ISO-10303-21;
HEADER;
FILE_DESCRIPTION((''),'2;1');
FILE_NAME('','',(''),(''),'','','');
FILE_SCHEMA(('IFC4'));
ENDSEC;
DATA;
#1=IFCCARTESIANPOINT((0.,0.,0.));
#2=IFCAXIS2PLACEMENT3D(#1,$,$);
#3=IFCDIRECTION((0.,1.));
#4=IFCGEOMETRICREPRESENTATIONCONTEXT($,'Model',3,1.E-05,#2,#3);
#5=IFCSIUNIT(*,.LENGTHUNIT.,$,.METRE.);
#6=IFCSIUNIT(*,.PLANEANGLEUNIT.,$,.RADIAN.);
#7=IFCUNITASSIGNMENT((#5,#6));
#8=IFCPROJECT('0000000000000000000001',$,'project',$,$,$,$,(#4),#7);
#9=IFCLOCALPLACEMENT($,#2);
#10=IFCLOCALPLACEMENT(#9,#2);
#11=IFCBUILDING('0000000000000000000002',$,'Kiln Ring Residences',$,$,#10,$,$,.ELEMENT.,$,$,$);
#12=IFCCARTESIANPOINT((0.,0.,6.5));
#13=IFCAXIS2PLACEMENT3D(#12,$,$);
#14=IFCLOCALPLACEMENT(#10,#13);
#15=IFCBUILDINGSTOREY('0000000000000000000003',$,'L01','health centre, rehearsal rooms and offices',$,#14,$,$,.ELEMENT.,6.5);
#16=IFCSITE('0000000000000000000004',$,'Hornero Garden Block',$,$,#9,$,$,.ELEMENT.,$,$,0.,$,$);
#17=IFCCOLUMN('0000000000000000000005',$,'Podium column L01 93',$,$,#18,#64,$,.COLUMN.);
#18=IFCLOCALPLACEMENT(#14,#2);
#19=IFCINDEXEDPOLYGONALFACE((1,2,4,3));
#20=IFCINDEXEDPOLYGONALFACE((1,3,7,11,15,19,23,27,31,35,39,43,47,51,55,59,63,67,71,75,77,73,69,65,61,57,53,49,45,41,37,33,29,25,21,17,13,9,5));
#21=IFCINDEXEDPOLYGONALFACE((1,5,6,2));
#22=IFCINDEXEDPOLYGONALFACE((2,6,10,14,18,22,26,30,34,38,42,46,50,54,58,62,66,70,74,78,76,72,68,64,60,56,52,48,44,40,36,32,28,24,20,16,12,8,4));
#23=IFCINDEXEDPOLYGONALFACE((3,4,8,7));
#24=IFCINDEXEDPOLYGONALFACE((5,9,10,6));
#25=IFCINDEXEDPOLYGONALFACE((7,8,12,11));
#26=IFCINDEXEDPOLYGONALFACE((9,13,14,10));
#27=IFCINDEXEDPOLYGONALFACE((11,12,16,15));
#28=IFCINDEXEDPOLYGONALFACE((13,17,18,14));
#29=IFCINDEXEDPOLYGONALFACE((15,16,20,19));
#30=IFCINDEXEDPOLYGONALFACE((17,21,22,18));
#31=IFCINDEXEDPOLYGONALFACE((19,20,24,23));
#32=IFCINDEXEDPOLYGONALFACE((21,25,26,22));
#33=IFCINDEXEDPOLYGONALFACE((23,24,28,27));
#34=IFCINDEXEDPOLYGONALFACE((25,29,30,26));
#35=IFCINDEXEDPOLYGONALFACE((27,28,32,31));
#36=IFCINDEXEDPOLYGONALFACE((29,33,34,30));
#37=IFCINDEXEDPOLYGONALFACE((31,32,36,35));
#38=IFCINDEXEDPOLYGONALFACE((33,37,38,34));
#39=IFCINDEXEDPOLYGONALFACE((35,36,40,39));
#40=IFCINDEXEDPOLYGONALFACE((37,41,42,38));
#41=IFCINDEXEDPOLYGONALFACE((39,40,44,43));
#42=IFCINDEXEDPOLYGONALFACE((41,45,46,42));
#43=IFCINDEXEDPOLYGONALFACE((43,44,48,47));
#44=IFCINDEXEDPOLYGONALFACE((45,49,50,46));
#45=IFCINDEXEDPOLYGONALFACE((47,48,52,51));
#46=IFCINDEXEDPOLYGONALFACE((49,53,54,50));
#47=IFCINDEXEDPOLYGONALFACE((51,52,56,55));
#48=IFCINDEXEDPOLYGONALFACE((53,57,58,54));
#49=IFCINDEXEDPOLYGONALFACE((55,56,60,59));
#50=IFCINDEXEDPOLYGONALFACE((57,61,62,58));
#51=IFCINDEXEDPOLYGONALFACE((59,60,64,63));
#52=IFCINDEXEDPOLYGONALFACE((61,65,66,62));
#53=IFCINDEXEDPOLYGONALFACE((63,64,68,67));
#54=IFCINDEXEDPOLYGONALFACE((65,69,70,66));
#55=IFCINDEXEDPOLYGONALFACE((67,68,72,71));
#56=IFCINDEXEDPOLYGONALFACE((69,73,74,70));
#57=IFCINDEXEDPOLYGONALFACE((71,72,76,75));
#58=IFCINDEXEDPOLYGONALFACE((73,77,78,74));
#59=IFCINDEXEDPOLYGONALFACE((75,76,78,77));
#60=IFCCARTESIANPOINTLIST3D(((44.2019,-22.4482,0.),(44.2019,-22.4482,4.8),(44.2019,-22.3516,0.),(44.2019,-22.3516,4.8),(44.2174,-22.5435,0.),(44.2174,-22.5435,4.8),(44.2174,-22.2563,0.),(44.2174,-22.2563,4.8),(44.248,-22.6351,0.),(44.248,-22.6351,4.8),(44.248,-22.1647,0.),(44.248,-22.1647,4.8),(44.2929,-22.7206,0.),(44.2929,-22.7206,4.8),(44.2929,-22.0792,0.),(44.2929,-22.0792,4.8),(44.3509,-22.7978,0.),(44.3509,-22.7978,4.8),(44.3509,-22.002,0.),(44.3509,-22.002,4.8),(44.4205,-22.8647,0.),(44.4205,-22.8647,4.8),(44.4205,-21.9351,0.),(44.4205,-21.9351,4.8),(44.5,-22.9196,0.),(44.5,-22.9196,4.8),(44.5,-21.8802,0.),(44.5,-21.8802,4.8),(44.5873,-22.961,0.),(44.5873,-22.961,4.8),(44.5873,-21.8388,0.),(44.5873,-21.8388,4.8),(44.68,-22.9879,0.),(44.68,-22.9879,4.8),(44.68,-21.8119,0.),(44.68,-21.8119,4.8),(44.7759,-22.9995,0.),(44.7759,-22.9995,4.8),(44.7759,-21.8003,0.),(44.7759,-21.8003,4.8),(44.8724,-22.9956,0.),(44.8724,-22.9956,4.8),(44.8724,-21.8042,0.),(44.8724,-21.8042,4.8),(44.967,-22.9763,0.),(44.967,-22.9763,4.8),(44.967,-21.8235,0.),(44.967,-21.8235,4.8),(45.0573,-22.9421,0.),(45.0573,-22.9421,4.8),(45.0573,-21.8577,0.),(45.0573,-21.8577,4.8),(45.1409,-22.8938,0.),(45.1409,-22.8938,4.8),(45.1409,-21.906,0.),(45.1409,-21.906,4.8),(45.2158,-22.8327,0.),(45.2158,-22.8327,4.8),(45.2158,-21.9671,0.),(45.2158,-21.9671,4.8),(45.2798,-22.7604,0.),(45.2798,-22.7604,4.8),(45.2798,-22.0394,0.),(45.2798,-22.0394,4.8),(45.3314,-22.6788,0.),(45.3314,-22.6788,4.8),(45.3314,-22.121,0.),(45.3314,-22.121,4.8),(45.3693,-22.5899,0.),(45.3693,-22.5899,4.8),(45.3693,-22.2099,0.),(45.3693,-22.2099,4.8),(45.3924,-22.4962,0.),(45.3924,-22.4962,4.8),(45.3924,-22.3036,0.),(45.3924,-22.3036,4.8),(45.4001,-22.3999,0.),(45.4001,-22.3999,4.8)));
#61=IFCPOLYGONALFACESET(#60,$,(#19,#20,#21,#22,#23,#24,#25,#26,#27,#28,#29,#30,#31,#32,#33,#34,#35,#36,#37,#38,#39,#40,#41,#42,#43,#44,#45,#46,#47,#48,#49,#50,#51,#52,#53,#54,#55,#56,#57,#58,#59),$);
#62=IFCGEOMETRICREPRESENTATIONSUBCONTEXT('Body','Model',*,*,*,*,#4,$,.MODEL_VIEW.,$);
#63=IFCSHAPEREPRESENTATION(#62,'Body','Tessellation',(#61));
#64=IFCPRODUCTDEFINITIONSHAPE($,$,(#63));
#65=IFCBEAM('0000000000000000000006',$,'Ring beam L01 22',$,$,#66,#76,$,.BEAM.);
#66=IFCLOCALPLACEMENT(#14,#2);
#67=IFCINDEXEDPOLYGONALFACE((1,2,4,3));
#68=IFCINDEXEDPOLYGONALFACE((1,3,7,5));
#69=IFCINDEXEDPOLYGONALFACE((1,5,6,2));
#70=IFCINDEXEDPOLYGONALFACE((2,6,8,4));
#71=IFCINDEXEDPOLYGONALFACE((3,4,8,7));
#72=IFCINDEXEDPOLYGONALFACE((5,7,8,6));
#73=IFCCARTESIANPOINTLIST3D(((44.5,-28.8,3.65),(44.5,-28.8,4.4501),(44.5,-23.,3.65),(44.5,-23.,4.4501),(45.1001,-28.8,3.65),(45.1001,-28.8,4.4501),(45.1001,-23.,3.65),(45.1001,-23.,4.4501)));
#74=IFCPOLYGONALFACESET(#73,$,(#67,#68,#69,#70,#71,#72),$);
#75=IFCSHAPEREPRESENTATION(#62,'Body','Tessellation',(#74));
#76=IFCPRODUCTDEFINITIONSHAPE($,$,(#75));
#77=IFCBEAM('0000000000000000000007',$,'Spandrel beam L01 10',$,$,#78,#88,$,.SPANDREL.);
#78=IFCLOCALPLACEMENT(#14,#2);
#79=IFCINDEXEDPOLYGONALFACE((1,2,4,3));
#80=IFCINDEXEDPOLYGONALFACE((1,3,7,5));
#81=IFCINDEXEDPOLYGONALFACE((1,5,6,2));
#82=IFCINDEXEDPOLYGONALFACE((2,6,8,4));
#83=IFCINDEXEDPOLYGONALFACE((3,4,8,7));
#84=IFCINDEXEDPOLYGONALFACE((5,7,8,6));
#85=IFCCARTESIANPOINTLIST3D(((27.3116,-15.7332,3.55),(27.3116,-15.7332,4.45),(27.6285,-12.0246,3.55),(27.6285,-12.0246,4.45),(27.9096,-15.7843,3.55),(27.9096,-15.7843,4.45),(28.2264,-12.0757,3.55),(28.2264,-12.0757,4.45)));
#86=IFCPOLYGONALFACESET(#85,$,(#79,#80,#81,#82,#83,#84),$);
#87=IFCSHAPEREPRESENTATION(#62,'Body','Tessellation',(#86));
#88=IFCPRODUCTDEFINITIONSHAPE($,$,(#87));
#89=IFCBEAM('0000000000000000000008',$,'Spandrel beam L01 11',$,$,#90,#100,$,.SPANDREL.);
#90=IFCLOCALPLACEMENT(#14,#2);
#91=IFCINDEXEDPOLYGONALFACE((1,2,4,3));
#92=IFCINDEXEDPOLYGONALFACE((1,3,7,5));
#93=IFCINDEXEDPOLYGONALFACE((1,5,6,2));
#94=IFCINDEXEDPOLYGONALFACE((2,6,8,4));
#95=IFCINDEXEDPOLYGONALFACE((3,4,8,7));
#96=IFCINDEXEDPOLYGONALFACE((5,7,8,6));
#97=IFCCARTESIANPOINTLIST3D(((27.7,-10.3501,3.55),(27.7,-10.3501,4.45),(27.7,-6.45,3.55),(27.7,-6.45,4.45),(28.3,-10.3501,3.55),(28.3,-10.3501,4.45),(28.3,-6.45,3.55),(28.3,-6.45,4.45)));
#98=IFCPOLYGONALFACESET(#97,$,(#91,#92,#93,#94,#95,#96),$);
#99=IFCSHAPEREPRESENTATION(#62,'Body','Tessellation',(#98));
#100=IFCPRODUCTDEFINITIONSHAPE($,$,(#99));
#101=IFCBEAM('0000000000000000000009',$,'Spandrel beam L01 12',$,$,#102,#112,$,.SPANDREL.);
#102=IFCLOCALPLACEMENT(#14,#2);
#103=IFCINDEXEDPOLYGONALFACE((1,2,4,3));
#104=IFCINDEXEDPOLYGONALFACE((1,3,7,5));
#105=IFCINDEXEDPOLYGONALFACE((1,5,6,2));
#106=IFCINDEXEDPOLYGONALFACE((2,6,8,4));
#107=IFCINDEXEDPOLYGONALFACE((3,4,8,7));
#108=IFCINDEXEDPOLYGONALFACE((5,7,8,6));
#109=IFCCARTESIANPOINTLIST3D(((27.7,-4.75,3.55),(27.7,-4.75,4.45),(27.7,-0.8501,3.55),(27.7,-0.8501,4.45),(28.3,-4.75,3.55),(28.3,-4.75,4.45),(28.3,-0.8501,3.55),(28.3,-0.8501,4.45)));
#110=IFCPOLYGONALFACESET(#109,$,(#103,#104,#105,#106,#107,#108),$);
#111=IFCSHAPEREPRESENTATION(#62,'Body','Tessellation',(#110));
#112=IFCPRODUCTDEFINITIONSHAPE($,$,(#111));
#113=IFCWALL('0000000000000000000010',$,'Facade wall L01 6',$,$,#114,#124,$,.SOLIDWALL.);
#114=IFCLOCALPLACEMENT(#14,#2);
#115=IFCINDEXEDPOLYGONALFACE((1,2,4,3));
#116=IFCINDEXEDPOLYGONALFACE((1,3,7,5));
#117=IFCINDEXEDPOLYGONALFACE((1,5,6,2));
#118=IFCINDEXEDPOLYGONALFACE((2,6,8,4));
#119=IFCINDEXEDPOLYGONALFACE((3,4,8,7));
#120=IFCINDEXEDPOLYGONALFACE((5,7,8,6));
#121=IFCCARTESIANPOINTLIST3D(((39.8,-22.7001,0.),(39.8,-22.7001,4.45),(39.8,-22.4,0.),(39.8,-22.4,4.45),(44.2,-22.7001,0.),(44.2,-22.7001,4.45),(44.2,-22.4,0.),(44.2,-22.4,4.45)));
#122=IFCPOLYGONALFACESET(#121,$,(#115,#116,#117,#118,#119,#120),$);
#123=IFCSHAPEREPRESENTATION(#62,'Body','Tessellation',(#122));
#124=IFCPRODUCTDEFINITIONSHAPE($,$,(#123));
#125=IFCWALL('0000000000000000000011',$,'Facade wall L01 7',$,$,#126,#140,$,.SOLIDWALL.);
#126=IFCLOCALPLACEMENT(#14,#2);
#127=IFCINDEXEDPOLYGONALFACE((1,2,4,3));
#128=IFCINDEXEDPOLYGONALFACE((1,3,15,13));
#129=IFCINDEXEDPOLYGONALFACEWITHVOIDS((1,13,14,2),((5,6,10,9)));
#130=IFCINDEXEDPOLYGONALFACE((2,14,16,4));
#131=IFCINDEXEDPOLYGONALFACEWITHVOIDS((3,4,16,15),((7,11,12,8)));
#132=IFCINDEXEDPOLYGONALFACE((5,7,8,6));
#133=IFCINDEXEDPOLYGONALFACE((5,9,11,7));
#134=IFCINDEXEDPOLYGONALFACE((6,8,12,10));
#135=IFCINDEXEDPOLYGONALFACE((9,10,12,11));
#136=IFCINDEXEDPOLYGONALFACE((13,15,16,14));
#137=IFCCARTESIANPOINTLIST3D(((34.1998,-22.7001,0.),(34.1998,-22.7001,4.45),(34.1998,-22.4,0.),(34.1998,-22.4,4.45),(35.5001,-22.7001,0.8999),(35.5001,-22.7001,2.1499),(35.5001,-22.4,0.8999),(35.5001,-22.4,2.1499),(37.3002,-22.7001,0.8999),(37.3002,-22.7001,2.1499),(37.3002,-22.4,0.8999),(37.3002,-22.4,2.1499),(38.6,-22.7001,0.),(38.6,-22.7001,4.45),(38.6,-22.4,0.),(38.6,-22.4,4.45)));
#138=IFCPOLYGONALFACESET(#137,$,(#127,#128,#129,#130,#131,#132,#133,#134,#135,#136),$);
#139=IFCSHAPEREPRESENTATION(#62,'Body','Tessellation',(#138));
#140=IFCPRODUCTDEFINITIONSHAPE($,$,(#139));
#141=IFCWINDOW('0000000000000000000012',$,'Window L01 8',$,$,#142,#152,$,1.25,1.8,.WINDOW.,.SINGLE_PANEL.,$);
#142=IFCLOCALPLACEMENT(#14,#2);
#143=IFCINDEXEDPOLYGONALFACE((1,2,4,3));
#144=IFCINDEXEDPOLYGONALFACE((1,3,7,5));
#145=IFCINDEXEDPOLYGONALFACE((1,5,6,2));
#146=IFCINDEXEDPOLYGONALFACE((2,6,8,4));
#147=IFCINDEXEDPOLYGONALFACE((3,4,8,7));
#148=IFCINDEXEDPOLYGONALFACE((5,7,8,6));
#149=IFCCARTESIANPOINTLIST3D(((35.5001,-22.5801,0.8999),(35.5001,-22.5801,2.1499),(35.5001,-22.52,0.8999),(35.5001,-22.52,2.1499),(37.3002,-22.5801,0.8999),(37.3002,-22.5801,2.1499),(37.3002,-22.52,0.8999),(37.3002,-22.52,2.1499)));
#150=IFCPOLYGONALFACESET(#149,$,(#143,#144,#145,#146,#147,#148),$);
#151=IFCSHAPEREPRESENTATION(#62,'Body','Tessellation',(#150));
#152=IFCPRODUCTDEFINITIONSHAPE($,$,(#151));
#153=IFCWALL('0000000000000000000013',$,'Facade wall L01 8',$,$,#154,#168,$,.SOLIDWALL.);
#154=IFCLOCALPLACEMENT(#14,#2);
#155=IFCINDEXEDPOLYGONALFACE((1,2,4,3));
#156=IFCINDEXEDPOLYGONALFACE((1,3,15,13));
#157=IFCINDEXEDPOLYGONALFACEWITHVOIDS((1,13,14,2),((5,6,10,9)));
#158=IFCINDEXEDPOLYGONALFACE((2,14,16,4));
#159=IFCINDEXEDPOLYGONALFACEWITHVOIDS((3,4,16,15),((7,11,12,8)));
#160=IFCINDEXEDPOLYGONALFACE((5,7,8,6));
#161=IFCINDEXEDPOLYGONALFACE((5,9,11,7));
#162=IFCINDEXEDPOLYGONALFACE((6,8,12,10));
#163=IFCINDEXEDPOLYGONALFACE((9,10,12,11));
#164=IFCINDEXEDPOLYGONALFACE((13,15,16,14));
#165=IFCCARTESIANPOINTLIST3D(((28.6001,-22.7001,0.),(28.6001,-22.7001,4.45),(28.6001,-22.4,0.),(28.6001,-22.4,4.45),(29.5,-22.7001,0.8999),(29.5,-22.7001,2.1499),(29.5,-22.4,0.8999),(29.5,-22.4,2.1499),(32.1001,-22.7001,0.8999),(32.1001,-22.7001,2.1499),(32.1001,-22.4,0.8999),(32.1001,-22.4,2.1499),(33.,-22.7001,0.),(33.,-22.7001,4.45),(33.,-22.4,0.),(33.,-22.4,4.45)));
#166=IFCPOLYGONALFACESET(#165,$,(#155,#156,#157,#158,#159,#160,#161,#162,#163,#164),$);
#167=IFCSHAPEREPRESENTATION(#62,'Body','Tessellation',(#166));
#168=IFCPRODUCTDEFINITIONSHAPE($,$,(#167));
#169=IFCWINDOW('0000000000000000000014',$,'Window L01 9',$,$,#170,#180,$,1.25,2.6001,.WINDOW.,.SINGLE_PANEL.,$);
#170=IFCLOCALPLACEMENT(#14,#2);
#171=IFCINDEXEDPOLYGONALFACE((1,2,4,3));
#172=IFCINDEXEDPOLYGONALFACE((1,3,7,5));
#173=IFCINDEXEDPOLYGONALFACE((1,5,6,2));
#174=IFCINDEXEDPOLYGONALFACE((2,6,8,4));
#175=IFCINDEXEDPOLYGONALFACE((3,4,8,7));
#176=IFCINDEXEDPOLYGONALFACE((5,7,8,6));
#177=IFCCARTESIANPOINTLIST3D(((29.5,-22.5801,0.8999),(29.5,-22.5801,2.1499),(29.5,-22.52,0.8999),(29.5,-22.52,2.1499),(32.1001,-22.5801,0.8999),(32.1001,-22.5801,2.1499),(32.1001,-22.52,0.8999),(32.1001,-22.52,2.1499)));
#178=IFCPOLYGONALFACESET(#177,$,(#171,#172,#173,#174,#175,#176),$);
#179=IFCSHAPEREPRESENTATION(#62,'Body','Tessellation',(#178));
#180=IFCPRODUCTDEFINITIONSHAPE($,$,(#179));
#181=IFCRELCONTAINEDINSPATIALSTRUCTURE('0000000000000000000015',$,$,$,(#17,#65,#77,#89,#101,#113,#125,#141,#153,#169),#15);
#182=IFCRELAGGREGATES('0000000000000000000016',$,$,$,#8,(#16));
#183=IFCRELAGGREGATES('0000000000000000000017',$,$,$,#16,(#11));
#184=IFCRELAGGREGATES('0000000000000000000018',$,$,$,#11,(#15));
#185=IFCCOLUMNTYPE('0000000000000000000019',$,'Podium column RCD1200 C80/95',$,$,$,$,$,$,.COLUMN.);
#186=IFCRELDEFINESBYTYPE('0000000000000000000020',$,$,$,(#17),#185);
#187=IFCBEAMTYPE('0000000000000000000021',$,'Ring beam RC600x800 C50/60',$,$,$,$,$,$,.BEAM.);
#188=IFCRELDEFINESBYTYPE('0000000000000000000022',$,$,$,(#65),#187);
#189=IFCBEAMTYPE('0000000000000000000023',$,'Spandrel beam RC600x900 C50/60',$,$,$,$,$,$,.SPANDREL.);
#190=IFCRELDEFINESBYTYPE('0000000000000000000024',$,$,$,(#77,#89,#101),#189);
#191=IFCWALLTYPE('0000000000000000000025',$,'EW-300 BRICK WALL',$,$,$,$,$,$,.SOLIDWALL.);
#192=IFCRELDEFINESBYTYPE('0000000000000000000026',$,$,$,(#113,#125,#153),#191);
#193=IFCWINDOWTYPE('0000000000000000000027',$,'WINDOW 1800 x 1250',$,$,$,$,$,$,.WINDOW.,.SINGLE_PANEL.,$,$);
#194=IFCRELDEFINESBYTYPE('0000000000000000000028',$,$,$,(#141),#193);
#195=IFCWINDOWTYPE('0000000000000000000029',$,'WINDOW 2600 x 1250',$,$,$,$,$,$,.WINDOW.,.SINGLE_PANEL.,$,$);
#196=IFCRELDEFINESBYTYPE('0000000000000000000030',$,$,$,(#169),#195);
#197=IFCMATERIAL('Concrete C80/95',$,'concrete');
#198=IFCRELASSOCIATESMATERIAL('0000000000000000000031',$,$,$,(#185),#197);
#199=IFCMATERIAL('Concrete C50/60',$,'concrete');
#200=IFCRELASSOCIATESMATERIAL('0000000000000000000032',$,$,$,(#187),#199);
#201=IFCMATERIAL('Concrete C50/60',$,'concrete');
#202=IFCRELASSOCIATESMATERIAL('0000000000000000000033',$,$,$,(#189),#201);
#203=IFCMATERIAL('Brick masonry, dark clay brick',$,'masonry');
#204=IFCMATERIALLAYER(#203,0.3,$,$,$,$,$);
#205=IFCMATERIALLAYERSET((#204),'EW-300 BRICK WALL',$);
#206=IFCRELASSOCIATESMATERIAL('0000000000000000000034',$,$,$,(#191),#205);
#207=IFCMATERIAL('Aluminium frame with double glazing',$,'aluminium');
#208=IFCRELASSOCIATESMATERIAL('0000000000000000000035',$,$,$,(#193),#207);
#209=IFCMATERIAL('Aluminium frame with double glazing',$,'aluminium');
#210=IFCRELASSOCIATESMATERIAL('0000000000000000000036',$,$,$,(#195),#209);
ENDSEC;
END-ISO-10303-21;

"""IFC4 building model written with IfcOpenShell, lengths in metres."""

from ifc_helpers import new_model, si_unit, direction, frame, frame_2d, origin, origin_2d, place, context, subcontext, project, spatial, rectangle, circle, extrude, material, layer, layer_set, material_profile, profile_set, type_object, element, fill, save


model = new_model("IFC4")

# Units and contexts
model_context = context("Model", 3, precision=1e-05, world=origin(), true_north=direction((0.0, 1.0)))
body_context = subcontext(model_context, "Body", "Model", "MODEL_VIEW")
ifc_project = project(units=[si_unit("LENGTHUNIT", "METRE"), si_unit("PLANEANGLEUNIT", "RADIAN")], contexts=[model_context])

# Site, building, storey
site_placement = place(None, origin())
site = spatial("IfcSite", under=ifc_project, at=site_placement, Name="Hornero Garden Block", CompositionType="ELEMENT", RefElevation=0.0)
building_placement = place(site_placement, origin())
building = spatial("IfcBuilding", under=site, at=building_placement, Name="Kiln Ring Residences", CompositionType="ELEMENT")
storey_placement = place(building_placement, frame((0.0, 0.0, 6.5)))
storey = spatial("IfcBuildingStorey", under=building, at=storey_placement, Name="L01", Description="health centre, rehearsal rooms and offices", CompositionType="ELEMENT", Elevation=6.5)

# Column
ifc_material_1 = material(Name="Concrete C80/95", Category="concrete")
ifc_material_profile_1 = material_profile(ifc_material_1, circle(Radius=0.6001, at=origin_2d()), Name="RCD1200")
ifc_profile_set_1 = profile_set([ifc_material_profile_1], Name="Concrete C80/95")
column_type_1 = type_object("IfcColumnType", Name="Podium column RCD1200 C80/95", PredefinedType="COLUMN", material=ifc_profile_set_1)
for number, where, z_axis, x_axis, name in (
    (1, (44.8, -22.3999, 0.0), (0.0, 0.0, 1.0), (1.0, 0.0, 0.0), "Podium column L01 93"),
):
    element("IfcColumn", number, at=place(storey_placement, frame(where, z_axis=z_axis, x_axis=x_axis)), inside=storey, type_object=column_type_1, Name=name, PredefinedType="COLUMN", context=body_context, shape_type="SweptSolid", body=[
        extrude(circle(Radius=0.6001, at=origin_2d()), origin(), (0.0, 0.0, 1.0), 4.8),
    ])

# Beams
ifc_material_2 = material(Name="Concrete C50/60", Category="concrete")
ifc_material_profile_2 = material_profile(ifc_material_2, rectangle(XDim=0.6001, YDim=0.8, at=origin_2d()), Name="RC600x800")
ifc_profile_set_2 = profile_set([ifc_material_profile_2], Name="Concrete C50/60")
beam_type_1 = type_object("IfcBeamType", Name="Ring beam RC600x800 C50/60", PredefinedType="BEAM", material=ifc_profile_set_2)
beam_1_placement = place(storey_placement, frame((44.8, -23.0, 4.05), z_axis=(0.0, -1.0, 0.0), x_axis=(1.0, 0.0, 0.0)))
element("IfcBeam", 2, at=beam_1_placement, inside=storey, type_object=beam_type_1, Name="Ring beam L01 22", PredefinedType="BEAM", context=body_context, shape_type="SweptSolid", body=[
    extrude(rectangle(XDim=0.6001, YDim=0.8, at=origin_2d()), origin(), (0.0, 0.0, 1.0), 5.8),
])
ifc_material_3 = material(Name="Concrete C50/60", Category="concrete")
ifc_material_profile_3 = material_profile(ifc_material_3, rectangle(XDim=0.6001, YDim=0.8999, at=origin_2d()), Name="RC600x900")
ifc_profile_set_3 = profile_set([ifc_material_profile_3], Name="Concrete C50/60")
beam_type_2 = type_object("IfcBeamType", Name="Spandrel beam RC600x900 C50/60", PredefinedType="SPANDREL", material=ifc_profile_set_3)
beam_2_placement = place(storey_placement, frame((27.6106, -15.7588, 4.0), z_axis=(0.085135, 0.996369, 0.0), x_axis=(-0.996369, 0.085135, 0.0)))
element("IfcBeam", 3, at=beam_2_placement, inside=storey, type_object=beam_type_2, Name="Spandrel beam L01 10", PredefinedType="SPANDREL", context=body_context, shape_type="SweptSolid", body=[
    extrude(rectangle(XDim=0.6001, YDim=0.8999, at=origin_2d()), origin(), (0.0, 0.0, 1.0), 3.7222),
])
beam_3_placement = place(storey_placement, frame((28.0, -10.3501, 4.0), z_axis=(0.0, 1.0, 0.0), x_axis=(-1.0, 0.0, 0.0)))
element("IfcBeam", 4, at=beam_3_placement, inside=storey, type_object=beam_type_2, Name="Spandrel beam L01 11", PredefinedType="SPANDREL", context=body_context, shape_type="SweptSolid", body=[
    extrude(rectangle(XDim=0.6001, YDim=0.8999, at=origin_2d()), origin(), (0.0, 0.0, 1.0), 3.9001),
])
beam_4_placement = place(storey_placement, frame((28.0, -4.75, 4.0), z_axis=(0.0, 1.0, 0.0), x_axis=(-1.0, 0.0, 0.0)))
element("IfcBeam", 5, at=beam_4_placement, inside=storey, type_object=beam_type_2, Name="Spandrel beam L01 12", PredefinedType="SPANDREL", context=body_context, shape_type="SweptSolid", body=[
    extrude(rectangle(XDim=0.6001, YDim=0.8999, at=origin_2d()), origin(), (0.0, 0.0, 1.0), 3.8999),
])

# Wall
ifc_material_4 = material(Name="Brick masonry, dark clay brick", Category="masonry")
ifc_layer_1 = layer(ifc_material_4, 0.3)
ifc_layer_set_1 = layer_set([ifc_layer_1], Name="EW-300 BRICK WALL")
wall_type_1 = type_object("IfcWallType", Name="EW-300 BRICK WALL", PredefinedType="SOLIDWALL", material=ifc_layer_set_1)
wall_1_placement = place(storey_placement, frame((44.2, -22.55, 0.0), z_axis=(0.0, 0.0, 1.0), x_axis=(-1.0, 0.0, 0.0)))
element("IfcWall", 6, at=wall_1_placement, inside=storey, type_object=wall_type_1, Name="Facade wall L01 6", PredefinedType="SOLIDWALL", context=body_context, shape_type="SweptSolid", body=[
    extrude(rectangle(XDim=4.3999, YDim=0.3, at=frame_2d((2.2, 0.0))), origin(), (0.0, 0.0, 1.0), 4.45),
])

# Walls, openings, windows
wall_2_placement = place(storey_placement, frame((38.6001, -22.55, 0.0), z_axis=(0.0, 0.0, 1.0), x_axis=(-1.0, 0.0, 0.0)))
wall_2 = element("IfcWall", 7, at=wall_2_placement, inside=storey, type_object=wall_type_1, Name="Facade wall L01 7", PredefinedType="SOLIDWALL", context=body_context, shape_type="SweptSolid", body=[
    extrude(rectangle(XDim=4.4001, YDim=0.3, at=frame_2d((2.2002, 0.0))), origin(), (0.0, 0.0, 1.0), 4.45),
])
opening_1_placement = place(wall_2_placement, frame((1.3, 0.0, 0.8999)))
opening_1 = element("IfcOpeningElement", 8, at=opening_1_placement, cuts=wall_2, PredefinedType="OPENING", context=body_context, shape_type="SweptSolid", body=[
    extrude(rectangle(XDim=1.8, YDim=1.25, at=frame_2d((0.8999, 0.625))), frame((0.0, 0.1599, 0.0), z_axis=(0.0, -1.0, 0.0), x_axis=(1.0, 0.0, 0.0)), (0.0, 0.0, 1.0), 0.3201),
])
ifc_material_5 = material(Name="Aluminium frame with double glazing", Category="aluminium")
window_type_1 = type_object("IfcWindowType", Name="WINDOW 1800 x 1250", PartitioningType="SINGLE_PANEL", PredefinedType="WINDOW", material=ifc_material_5)
window_1_placement = place(opening_1_placement, origin())
window_1 = element("IfcWindow", 9, at=window_1_placement, inside=storey, type_object=window_type_1, Name="Window L01 8", OverallHeight=1.25, OverallWidth=1.8, PartitioningType="SINGLE_PANEL", PredefinedType="WINDOW", context=body_context, shape_type="SweptSolid", body=[
    extrude(rectangle(XDim=1.8, YDim=1.25, at=frame_2d((0.8999, 0.625))), frame((0.0, 0.03, 0.0), z_axis=(0.0, -1.0, 0.0), x_axis=(1.0, 0.0, 0.0)), (0.0, 0.0, 1.0), 0.0601),
])
fill(opening_1, window_1)
wall_3_placement = place(storey_placement, frame((33.0, -22.55, 0.0), z_axis=(0.0, 0.0, 1.0), x_axis=(-1.0, 0.0, 0.0)))
wall_3 = element("IfcWall", 10, at=wall_3_placement, inside=storey, type_object=wall_type_1, Name="Facade wall L01 8", PredefinedType="SOLIDWALL", context=body_context, shape_type="SweptSolid", body=[
    extrude(rectangle(XDim=4.3999, YDim=0.3, at=frame_2d((2.2, 0.0))), origin(), (0.0, 0.0, 1.0), 4.45),
])
opening_2_placement = place(wall_3_placement, frame((0.8999, 0.0, 0.8999)))
opening_2 = element("IfcOpeningElement", 11, at=opening_2_placement, cuts=wall_3, PredefinedType="OPENING", context=body_context, shape_type="SweptSolid", body=[
    extrude(rectangle(XDim=2.6001, YDim=1.25, at=frame_2d((1.3, 0.625))), frame((0.0, 0.1599, 0.0), z_axis=(0.0, -1.0, 0.0), x_axis=(1.0, 0.0, 0.0)), (0.0, 0.0, 1.0), 0.3201),
])
ifc_material_6 = material(Name="Aluminium frame with double glazing", Category="aluminium")
window_type_2 = type_object("IfcWindowType", Name="WINDOW 2600 x 1250", PartitioningType="SINGLE_PANEL", PredefinedType="WINDOW", material=ifc_material_6)
window_2_placement = place(opening_2_placement, origin())
window_2 = element("IfcWindow", 12, at=window_2_placement, inside=storey, type_object=window_type_2, Name="Window L01 9", OverallHeight=1.25, OverallWidth=2.6001, PartitioningType="SINGLE_PANEL", PredefinedType="WINDOW", context=body_context, shape_type="SweptSolid", body=[
    extrude(rectangle(XDim=2.6001, YDim=1.25, at=frame_2d((1.3, 0.625))), frame((0.0, 0.03, 0.0), z_axis=(0.0, -1.0, 0.0), x_axis=(1.0, 0.0, 0.0)), (0.0, 0.0, 1.0), 0.0601),
])
fill(opening_2, window_2)

save(model, "model.ifc")
